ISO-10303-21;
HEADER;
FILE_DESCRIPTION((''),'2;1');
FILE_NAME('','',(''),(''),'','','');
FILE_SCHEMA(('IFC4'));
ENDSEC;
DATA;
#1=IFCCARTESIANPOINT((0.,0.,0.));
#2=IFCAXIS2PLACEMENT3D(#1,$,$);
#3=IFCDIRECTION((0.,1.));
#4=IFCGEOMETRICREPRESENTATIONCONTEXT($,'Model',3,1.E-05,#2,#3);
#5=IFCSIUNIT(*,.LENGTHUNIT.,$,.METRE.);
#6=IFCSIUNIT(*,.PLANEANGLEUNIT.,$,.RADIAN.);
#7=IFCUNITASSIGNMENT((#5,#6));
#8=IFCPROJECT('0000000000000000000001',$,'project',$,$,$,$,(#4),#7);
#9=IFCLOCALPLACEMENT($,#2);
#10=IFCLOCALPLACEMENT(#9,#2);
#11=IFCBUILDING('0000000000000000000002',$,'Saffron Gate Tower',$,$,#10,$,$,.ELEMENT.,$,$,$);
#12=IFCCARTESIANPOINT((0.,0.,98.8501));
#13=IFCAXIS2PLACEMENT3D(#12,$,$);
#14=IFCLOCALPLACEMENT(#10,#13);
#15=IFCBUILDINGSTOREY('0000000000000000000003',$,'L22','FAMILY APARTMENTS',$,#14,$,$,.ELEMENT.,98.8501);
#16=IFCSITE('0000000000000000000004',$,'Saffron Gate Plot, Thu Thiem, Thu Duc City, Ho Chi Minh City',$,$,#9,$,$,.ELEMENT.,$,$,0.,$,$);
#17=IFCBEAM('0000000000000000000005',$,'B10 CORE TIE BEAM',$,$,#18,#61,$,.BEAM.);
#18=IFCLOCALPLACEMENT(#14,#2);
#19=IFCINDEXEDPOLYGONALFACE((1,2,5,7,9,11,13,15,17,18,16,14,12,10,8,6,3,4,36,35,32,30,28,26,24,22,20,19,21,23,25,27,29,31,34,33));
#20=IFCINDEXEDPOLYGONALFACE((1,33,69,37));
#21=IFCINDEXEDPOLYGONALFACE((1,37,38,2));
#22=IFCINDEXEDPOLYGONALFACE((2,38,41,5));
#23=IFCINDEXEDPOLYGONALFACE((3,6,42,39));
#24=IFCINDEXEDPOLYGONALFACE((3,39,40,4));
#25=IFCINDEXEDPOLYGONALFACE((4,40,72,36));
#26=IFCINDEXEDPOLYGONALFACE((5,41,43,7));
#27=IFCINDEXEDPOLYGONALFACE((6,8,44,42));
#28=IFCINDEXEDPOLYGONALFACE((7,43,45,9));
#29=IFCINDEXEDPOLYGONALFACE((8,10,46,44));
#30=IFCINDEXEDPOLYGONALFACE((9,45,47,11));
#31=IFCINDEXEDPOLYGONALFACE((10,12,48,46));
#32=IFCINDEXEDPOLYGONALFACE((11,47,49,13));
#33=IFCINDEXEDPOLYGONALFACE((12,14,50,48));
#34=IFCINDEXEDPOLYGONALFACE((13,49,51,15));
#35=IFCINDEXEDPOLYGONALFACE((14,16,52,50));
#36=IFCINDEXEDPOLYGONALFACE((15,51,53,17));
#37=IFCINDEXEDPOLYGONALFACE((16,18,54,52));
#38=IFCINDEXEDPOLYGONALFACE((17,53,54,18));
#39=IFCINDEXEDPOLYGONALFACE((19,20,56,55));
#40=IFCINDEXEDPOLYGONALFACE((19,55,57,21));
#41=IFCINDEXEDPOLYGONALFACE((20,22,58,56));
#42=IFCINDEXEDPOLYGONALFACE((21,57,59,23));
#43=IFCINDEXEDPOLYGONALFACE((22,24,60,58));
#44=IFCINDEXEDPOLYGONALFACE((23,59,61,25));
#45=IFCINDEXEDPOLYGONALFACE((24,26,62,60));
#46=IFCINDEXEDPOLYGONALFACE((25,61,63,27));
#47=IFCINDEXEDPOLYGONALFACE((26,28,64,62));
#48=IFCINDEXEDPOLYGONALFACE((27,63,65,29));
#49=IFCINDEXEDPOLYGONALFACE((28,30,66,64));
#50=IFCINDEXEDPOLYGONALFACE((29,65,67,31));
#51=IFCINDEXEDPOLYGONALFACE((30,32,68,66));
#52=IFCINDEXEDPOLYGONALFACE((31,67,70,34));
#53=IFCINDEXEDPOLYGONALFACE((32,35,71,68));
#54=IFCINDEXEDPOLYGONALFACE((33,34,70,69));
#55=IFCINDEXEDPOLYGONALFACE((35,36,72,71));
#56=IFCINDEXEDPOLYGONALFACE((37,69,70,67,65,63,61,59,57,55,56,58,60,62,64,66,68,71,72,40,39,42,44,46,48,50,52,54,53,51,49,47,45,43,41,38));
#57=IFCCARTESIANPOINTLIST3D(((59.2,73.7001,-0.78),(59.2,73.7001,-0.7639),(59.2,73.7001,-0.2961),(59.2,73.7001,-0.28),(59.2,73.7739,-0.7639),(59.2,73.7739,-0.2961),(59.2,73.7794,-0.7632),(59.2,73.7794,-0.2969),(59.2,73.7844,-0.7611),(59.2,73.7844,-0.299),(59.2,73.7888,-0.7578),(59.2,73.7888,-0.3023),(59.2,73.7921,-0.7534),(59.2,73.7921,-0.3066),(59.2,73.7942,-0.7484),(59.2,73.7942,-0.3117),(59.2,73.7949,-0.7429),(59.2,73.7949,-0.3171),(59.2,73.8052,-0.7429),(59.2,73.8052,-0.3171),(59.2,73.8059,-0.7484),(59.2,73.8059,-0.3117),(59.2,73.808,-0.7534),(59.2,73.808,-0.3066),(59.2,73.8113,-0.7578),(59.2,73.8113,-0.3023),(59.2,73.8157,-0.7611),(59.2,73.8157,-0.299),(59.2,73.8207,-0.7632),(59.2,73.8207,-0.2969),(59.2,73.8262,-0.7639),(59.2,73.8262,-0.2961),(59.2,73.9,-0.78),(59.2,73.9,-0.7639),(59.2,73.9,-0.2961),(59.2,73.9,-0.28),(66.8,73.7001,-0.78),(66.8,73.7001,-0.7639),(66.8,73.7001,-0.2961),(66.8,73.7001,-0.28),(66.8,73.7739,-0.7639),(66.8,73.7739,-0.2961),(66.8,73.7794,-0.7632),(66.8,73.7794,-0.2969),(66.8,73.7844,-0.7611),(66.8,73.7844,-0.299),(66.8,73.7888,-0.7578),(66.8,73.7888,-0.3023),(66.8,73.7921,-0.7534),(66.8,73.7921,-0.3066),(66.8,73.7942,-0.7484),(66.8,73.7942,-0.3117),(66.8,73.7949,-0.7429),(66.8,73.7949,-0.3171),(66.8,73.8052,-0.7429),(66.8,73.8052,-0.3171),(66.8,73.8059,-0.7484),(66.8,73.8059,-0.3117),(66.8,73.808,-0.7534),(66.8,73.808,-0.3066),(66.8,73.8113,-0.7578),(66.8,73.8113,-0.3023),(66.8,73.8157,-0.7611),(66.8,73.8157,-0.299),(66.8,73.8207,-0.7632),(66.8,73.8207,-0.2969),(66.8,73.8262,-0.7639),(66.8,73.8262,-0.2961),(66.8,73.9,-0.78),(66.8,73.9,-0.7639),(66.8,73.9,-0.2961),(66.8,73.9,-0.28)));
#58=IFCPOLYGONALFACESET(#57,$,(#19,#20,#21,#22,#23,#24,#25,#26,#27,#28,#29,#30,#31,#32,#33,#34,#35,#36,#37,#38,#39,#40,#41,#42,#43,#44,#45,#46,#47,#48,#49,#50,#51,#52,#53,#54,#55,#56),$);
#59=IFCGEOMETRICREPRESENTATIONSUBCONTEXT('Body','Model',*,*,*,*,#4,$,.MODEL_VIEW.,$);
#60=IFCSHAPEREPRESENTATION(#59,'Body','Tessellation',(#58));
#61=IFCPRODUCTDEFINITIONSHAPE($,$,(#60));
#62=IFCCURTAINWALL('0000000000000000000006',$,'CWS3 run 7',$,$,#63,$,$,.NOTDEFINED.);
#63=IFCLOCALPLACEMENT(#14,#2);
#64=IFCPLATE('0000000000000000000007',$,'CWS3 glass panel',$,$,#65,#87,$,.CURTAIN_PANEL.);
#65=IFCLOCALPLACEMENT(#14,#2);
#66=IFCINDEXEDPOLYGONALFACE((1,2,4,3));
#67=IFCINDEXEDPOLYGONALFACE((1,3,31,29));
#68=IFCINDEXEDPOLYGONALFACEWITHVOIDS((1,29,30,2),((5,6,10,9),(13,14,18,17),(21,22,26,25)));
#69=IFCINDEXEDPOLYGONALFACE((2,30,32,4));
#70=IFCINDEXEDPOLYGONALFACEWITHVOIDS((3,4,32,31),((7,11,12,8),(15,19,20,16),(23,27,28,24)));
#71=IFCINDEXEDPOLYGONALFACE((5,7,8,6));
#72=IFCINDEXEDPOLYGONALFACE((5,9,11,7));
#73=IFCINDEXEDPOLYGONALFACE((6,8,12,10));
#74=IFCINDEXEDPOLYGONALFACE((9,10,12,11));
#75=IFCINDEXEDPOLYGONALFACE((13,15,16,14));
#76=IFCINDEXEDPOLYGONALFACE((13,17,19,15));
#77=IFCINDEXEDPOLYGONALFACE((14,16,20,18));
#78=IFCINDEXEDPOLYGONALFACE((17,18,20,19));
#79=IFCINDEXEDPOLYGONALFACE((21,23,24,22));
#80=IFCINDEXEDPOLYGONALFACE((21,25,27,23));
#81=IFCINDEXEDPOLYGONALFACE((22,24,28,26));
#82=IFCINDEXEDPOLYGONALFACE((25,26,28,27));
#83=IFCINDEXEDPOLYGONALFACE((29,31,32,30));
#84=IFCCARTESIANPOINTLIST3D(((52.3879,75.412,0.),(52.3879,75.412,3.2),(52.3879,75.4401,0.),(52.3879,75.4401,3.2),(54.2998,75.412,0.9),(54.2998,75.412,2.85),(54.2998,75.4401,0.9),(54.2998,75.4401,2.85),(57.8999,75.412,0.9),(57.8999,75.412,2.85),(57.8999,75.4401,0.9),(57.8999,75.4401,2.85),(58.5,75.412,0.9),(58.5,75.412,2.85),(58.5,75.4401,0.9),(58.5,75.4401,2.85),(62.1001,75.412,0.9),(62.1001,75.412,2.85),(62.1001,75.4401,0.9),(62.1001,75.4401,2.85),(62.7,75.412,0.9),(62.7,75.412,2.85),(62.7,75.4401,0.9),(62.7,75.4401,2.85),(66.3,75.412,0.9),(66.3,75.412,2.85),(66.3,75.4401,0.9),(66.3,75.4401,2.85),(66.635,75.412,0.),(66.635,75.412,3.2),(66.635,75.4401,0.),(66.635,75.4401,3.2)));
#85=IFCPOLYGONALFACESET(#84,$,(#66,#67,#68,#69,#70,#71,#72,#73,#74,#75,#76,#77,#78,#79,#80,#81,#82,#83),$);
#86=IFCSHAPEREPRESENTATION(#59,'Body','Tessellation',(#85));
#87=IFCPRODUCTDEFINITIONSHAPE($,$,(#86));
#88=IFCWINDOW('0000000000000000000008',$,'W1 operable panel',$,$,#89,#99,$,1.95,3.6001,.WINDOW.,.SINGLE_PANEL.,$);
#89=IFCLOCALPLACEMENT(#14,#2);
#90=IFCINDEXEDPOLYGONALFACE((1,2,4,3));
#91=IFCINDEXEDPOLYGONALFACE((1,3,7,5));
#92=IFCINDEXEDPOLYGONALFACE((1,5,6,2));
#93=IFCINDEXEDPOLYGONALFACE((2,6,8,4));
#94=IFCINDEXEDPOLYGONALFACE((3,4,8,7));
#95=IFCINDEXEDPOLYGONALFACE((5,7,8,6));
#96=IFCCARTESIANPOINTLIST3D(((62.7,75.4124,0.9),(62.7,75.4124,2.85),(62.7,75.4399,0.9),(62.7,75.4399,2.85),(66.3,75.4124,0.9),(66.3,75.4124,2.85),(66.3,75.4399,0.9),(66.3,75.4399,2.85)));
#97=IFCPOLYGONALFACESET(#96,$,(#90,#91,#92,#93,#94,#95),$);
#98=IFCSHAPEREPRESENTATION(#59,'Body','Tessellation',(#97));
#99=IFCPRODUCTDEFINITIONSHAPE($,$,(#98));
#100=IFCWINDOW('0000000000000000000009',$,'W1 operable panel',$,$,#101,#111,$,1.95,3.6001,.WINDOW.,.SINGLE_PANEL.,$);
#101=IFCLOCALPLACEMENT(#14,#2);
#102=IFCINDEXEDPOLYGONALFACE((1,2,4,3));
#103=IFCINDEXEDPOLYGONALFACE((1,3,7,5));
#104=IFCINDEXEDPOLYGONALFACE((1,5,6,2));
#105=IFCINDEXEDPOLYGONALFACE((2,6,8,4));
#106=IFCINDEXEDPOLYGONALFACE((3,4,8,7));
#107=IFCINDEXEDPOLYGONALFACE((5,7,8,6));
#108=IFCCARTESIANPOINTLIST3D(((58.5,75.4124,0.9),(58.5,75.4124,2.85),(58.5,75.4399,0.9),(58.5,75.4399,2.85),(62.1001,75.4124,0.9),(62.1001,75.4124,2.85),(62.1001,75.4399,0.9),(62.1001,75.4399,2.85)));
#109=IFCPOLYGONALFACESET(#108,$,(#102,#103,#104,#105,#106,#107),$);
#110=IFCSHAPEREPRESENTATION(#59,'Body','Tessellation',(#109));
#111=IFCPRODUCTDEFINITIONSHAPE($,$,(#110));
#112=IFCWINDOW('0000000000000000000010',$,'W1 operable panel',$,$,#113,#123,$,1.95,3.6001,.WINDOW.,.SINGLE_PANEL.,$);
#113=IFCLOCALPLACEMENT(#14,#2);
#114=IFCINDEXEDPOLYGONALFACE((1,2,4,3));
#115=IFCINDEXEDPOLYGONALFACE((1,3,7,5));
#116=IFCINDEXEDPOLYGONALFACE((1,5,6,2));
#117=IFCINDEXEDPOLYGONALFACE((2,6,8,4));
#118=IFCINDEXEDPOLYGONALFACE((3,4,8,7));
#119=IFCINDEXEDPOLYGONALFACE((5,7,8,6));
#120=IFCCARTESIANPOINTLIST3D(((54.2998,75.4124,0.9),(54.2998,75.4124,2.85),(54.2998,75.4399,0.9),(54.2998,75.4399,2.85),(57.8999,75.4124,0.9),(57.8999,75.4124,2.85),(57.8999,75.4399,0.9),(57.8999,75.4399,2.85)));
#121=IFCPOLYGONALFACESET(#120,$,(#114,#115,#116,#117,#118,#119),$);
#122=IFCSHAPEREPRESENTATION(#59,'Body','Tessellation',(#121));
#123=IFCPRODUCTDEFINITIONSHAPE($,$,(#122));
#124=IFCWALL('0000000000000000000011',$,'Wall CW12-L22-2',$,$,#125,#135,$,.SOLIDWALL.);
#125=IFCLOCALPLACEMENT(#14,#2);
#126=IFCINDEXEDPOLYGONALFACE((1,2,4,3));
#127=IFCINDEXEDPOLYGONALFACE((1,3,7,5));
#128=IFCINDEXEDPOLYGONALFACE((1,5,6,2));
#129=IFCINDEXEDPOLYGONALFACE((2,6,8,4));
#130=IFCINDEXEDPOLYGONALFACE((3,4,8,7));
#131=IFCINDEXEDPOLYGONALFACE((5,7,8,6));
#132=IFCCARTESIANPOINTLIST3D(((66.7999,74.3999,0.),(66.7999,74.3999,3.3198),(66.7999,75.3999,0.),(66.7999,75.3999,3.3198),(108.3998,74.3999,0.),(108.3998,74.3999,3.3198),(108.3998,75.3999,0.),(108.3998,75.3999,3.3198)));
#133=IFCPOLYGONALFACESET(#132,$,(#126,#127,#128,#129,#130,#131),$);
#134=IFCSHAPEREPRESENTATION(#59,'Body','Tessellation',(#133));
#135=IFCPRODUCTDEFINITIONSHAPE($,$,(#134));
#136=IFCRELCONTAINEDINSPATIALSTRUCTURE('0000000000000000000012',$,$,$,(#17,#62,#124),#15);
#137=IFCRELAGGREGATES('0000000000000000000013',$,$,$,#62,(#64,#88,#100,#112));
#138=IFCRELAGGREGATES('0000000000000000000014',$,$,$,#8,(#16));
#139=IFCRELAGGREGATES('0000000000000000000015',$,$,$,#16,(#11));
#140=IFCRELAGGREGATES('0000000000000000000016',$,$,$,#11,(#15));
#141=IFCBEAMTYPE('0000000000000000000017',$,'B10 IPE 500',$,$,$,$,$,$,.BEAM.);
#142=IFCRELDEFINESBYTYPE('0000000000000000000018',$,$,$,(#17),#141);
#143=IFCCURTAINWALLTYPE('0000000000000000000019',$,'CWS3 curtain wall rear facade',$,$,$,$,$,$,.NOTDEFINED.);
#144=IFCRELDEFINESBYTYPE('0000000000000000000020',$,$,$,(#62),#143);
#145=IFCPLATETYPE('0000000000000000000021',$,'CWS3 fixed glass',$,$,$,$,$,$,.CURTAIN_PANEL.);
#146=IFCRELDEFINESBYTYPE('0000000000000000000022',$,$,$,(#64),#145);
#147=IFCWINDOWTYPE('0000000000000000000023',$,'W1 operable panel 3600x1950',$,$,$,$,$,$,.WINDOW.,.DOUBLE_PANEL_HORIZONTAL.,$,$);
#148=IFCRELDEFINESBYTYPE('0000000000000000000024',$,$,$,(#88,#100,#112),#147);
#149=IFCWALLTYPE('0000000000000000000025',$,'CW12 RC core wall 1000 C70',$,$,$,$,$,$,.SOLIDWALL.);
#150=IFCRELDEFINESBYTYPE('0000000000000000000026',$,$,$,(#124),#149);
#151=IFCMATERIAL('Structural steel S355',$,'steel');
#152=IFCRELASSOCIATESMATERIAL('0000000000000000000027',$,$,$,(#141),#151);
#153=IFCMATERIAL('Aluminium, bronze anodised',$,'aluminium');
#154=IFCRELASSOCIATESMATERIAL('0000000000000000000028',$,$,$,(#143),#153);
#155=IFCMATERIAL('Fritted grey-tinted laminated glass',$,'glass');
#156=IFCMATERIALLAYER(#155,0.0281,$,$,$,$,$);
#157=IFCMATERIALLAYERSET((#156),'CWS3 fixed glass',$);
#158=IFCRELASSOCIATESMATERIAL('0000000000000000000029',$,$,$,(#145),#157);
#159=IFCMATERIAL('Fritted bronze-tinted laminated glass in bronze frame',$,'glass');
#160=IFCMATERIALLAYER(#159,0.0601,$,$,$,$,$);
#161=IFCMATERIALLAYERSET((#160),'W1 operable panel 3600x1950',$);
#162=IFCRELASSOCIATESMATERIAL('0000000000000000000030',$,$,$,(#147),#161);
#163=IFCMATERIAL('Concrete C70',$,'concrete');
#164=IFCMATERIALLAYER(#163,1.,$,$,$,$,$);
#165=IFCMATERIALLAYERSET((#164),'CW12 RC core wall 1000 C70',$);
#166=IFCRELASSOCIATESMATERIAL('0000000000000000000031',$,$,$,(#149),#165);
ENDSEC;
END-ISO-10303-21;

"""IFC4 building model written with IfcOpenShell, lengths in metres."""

from ifc_helpers import new_model, si_unit, direction, frame, frame_2d, origin, origin_2d, place, context, subcontext, project, spatial, rectangle, i_section, extrude, material, layer, layer_set, material_profile, profile_set, type_object, element, fill, aggregate, save


model = new_model("IFC4")

# Units and contexts
model_context = context("Model", 3, precision=1e-05, world=origin(), true_north=direction((0.0, 1.0)))
body_context = subcontext(model_context, "Body", "Model", "MODEL_VIEW")
ifc_project = project(units=[si_unit("LENGTHUNIT", "METRE"), si_unit("PLANEANGLEUNIT", "RADIAN")], contexts=[model_context])

# Site, building, storey
site_placement = place(None, origin())
site = spatial("IfcSite", under=ifc_project, at=site_placement, Name="Saffron Gate Plot, Thu Thiem, Thu Duc City, Ho Chi Minh City", CompositionType="ELEMENT", RefElevation=0.0)
building_placement = place(site_placement, origin())
building = spatial("IfcBuilding", under=site, at=building_placement, Name="Saffron Gate Tower", CompositionType="ELEMENT")
storey_placement = place(building_placement, frame((0.0, 0.0, 98.8501)))
storey = spatial("IfcBuildingStorey", under=building, at=storey_placement, Name="L22", Description="FAMILY APARTMENTS", CompositionType="ELEMENT", Elevation=98.8501)

# Beam
ifc_material_1 = material(Name="Structural steel S355", Category="steel")
ifc_material_profile = material_profile(ifc_material_1, i_section(OverallWidth=0.2, OverallDepth=0.5, WebThickness=0.0103, FlangeThickness=0.0161, FilletRadius=0.021, at=origin_2d()))
ifc_profile_set = profile_set([ifc_material_profile], Name="Structural steel S355")
beam_type = type_object("IfcBeamType", Name="B10 IPE 500", PredefinedType="BEAM", material=ifc_profile_set)
beam_placement = place(storey_placement, frame((59.2, 73.8, -0.53), z_axis=(1.0, 0.0, 0.0), x_axis=(0.0, 1.0, 0.0)))
element("IfcBeam", 1, at=beam_placement, inside=storey, type_object=beam_type, Name="B10 CORE TIE BEAM", PredefinedType="BEAM", context=body_context, shape_type="SweptSolid", body=[
    extrude(i_section(OverallWidth=0.2, OverallDepth=0.5, WebThickness=0.0103, FlangeThickness=0.0161, FilletRadius=0.021, at=origin_2d()), origin(), (0.0, 0.0, 1.0), 7.6001),
])

# Curtain wall, plate, openings, windows
ifc_material_2 = material(Name="Aluminium, bronze anodised", Category="aluminium")
curtain_wall_type = type_object("IfcCurtainWallType", Name="CWS3 curtain wall rear facade", PredefinedType="NOTDEFINED", material=ifc_material_2)
curtain_wall_placement = place(storey_placement, origin())
curtain_wall = element("IfcCurtainWall", 2, at=curtain_wall_placement, inside=storey, type_object=curtain_wall_type, Name="CWS3 run 7", PredefinedType="NOTDEFINED")
ifc_material_3 = material(Name="Fritted grey-tinted laminated glass", Category="glass")
ifc_layer_1 = layer(ifc_material_3, 0.0281)
ifc_layer_set_1 = layer_set([ifc_layer_1], Name="CWS3 fixed glass")
plate_type = type_object("IfcPlateType", Name="CWS3 fixed glass", PredefinedType="CURTAIN_PANEL", material=ifc_layer_set_1)
plate_placement = place(storey_placement, frame((66.635, 75.426, 0.0), z_axis=(0.0, 0.0, 1.0), x_axis=(-1.0, 0.0, 0.0)))
plate = element("IfcPlate", 3, at=plate_placement, type_object=plate_type, Name="CWS3 glass panel", PredefinedType="CURTAIN_PANEL", context=body_context, shape_type="SweptSolid", body=[
    extrude(rectangle(XDim=14.2471, YDim=0.0281, at=frame_2d((7.1235, 0.0))), origin(), (0.0, 0.0, 1.0), 3.2),
])
opening_1_placement = place(plate_placement, frame((0.335, 0.0, 0.8999)))
opening_1 = element("IfcOpeningElement", 4, at=opening_1_placement, cuts=plate, PredefinedType="OPENING", context=body_context, shape_type="SweptSolid", body=[
    extrude(rectangle(XDim=3.6001, YDim=1.95, at=frame_2d((1.8, 0.9751))), frame((0.0, 0.0239, 0.0), z_axis=(0.0, -1.0, 0.0), x_axis=(1.0, 0.0, 0.0)), (0.0, 0.0, 1.0), 0.0481),
])
opening_2_placement = place(plate_placement, frame((4.5349, 0.0, 0.8999)))
opening_2 = element("IfcOpeningElement", 5, at=opening_2_placement, cuts=plate, PredefinedType="OPENING", context=body_context, shape_type="SweptSolid", body=[
    extrude(rectangle(XDim=3.6001, YDim=1.95, at=frame_2d((1.8, 0.9751))), frame((0.0, 0.0239, 0.0), z_axis=(0.0, -1.0, 0.0), x_axis=(1.0, 0.0, 0.0)), (0.0, 0.0, 1.0), 0.0481),
])
opening_3_placement = place(plate_placement, frame((8.7351, 0.0, 0.8999)))
opening_3 = element("IfcOpeningElement", 6, at=opening_3_placement, cuts=plate, PredefinedType="OPENING", context=body_context, shape_type="SweptSolid", body=[
    extrude(rectangle(XDim=3.6001, YDim=1.95, at=frame_2d((1.8, 0.9751))), frame((0.0, 0.0239, 0.0), z_axis=(0.0, -1.0, 0.0), x_axis=(1.0, 0.0, 0.0)), (0.0, 0.0, 1.0), 0.0481),
])
ifc_material_4 = material(Name="Fritted bronze-tinted laminated glass in bronze frame", Category="glass")
ifc_layer_2 = layer(ifc_material_4, 0.0601)
ifc_layer_set_2 = layer_set([ifc_layer_2], Name="W1 operable panel 3600x1950")
window_type = type_object("IfcWindowType", Name="W1 operable panel 3600x1950", PartitioningType="DOUBLE_PANEL_HORIZONTAL", PredefinedType="WINDOW", material=ifc_layer_set_2)
window_1_placement = place(opening_1_placement, origin())
window_1 = element("IfcWindow", 7, at=window_1_placement, type_object=window_type, Name="W1 operable panel", OverallHeight=1.95, OverallWidth=3.6001, PartitioningType="SINGLE_PANEL", PredefinedType="WINDOW", context=body_context, shape_type="SweptSolid", body=[
    extrude(rectangle(XDim=3.6001, YDim=1.95, at=frame_2d((1.8, 0.9751))), frame((0.0, 0.0137, 0.0), z_axis=(0.0, -1.0, 0.0), x_axis=(1.0, 0.0, 0.0)), (0.0, 0.0, 1.0), 0.0276),
])
fill(opening_1, window_1)
window_2_placement = place(opening_2_placement, origin())
window_2 = element("IfcWindow", 8, at=window_2_placement, type_object=window_type, Name="W1 operable panel", OverallHeight=1.95, OverallWidth=3.6001, PartitioningType="SINGLE_PANEL", PredefinedType="WINDOW", context=body_context, shape_type="SweptSolid", body=[
    extrude(rectangle(XDim=3.6001, YDim=1.95, at=frame_2d((1.8, 0.9751))), frame((0.0, 0.0137, 0.0), z_axis=(0.0, -1.0, 0.0), x_axis=(1.0, 0.0, 0.0)), (0.0, 0.0, 1.0), 0.0276),
])
fill(opening_2, window_2)
window_3_placement = place(opening_3_placement, origin())
window_3 = element("IfcWindow", 9, at=window_3_placement, type_object=window_type, Name="W1 operable panel", OverallHeight=1.95, OverallWidth=3.6001, PartitioningType="SINGLE_PANEL", PredefinedType="WINDOW", context=body_context, shape_type="SweptSolid", body=[
    extrude(rectangle(XDim=3.6001, YDim=1.95, at=frame_2d((1.8, 0.9751))), frame((0.0, 0.0137, 0.0), z_axis=(0.0, -1.0, 0.0), x_axis=(1.0, 0.0, 0.0)), (0.0, 0.0, 1.0), 0.0276),
])
fill(opening_3, window_3)
aggregate(curtain_wall, [plate, window_1, window_2, window_3])

# Wall
ifc_material_5 = material(Name="Concrete C70", Category="concrete")
ifc_layer_3 = layer(ifc_material_5, 1.0)
ifc_layer_set_3 = layer_set([ifc_layer_3], Name="CW12 RC core wall 1000 C70")
wall_type_1 = type_object("IfcWallType", Name="CW12 RC core wall 1000 C70", PredefinedType="SOLIDWALL", material=ifc_layer_set_3)
wall_1_placement = place(storey_placement, frame((66.8, 74.8999, 0.0), z_axis=(0.0, 0.0, 1.0), x_axis=(1.0, 0.0, 0.0)))
element("IfcWall", 10, at=wall_1_placement, inside=storey, type_object=wall_type_1, Name="Wall CW12-L22-2", PredefinedType="SOLIDWALL", context=body_context, shape_type="SweptSolid", body=[
    extrude(rectangle(XDim=41.5999, YDim=1.0, at=frame_2d((20.7998, 0.0))), origin(), (0.0, 0.0, 1.0), 3.3198),
])

save(model, "model.ifc")
